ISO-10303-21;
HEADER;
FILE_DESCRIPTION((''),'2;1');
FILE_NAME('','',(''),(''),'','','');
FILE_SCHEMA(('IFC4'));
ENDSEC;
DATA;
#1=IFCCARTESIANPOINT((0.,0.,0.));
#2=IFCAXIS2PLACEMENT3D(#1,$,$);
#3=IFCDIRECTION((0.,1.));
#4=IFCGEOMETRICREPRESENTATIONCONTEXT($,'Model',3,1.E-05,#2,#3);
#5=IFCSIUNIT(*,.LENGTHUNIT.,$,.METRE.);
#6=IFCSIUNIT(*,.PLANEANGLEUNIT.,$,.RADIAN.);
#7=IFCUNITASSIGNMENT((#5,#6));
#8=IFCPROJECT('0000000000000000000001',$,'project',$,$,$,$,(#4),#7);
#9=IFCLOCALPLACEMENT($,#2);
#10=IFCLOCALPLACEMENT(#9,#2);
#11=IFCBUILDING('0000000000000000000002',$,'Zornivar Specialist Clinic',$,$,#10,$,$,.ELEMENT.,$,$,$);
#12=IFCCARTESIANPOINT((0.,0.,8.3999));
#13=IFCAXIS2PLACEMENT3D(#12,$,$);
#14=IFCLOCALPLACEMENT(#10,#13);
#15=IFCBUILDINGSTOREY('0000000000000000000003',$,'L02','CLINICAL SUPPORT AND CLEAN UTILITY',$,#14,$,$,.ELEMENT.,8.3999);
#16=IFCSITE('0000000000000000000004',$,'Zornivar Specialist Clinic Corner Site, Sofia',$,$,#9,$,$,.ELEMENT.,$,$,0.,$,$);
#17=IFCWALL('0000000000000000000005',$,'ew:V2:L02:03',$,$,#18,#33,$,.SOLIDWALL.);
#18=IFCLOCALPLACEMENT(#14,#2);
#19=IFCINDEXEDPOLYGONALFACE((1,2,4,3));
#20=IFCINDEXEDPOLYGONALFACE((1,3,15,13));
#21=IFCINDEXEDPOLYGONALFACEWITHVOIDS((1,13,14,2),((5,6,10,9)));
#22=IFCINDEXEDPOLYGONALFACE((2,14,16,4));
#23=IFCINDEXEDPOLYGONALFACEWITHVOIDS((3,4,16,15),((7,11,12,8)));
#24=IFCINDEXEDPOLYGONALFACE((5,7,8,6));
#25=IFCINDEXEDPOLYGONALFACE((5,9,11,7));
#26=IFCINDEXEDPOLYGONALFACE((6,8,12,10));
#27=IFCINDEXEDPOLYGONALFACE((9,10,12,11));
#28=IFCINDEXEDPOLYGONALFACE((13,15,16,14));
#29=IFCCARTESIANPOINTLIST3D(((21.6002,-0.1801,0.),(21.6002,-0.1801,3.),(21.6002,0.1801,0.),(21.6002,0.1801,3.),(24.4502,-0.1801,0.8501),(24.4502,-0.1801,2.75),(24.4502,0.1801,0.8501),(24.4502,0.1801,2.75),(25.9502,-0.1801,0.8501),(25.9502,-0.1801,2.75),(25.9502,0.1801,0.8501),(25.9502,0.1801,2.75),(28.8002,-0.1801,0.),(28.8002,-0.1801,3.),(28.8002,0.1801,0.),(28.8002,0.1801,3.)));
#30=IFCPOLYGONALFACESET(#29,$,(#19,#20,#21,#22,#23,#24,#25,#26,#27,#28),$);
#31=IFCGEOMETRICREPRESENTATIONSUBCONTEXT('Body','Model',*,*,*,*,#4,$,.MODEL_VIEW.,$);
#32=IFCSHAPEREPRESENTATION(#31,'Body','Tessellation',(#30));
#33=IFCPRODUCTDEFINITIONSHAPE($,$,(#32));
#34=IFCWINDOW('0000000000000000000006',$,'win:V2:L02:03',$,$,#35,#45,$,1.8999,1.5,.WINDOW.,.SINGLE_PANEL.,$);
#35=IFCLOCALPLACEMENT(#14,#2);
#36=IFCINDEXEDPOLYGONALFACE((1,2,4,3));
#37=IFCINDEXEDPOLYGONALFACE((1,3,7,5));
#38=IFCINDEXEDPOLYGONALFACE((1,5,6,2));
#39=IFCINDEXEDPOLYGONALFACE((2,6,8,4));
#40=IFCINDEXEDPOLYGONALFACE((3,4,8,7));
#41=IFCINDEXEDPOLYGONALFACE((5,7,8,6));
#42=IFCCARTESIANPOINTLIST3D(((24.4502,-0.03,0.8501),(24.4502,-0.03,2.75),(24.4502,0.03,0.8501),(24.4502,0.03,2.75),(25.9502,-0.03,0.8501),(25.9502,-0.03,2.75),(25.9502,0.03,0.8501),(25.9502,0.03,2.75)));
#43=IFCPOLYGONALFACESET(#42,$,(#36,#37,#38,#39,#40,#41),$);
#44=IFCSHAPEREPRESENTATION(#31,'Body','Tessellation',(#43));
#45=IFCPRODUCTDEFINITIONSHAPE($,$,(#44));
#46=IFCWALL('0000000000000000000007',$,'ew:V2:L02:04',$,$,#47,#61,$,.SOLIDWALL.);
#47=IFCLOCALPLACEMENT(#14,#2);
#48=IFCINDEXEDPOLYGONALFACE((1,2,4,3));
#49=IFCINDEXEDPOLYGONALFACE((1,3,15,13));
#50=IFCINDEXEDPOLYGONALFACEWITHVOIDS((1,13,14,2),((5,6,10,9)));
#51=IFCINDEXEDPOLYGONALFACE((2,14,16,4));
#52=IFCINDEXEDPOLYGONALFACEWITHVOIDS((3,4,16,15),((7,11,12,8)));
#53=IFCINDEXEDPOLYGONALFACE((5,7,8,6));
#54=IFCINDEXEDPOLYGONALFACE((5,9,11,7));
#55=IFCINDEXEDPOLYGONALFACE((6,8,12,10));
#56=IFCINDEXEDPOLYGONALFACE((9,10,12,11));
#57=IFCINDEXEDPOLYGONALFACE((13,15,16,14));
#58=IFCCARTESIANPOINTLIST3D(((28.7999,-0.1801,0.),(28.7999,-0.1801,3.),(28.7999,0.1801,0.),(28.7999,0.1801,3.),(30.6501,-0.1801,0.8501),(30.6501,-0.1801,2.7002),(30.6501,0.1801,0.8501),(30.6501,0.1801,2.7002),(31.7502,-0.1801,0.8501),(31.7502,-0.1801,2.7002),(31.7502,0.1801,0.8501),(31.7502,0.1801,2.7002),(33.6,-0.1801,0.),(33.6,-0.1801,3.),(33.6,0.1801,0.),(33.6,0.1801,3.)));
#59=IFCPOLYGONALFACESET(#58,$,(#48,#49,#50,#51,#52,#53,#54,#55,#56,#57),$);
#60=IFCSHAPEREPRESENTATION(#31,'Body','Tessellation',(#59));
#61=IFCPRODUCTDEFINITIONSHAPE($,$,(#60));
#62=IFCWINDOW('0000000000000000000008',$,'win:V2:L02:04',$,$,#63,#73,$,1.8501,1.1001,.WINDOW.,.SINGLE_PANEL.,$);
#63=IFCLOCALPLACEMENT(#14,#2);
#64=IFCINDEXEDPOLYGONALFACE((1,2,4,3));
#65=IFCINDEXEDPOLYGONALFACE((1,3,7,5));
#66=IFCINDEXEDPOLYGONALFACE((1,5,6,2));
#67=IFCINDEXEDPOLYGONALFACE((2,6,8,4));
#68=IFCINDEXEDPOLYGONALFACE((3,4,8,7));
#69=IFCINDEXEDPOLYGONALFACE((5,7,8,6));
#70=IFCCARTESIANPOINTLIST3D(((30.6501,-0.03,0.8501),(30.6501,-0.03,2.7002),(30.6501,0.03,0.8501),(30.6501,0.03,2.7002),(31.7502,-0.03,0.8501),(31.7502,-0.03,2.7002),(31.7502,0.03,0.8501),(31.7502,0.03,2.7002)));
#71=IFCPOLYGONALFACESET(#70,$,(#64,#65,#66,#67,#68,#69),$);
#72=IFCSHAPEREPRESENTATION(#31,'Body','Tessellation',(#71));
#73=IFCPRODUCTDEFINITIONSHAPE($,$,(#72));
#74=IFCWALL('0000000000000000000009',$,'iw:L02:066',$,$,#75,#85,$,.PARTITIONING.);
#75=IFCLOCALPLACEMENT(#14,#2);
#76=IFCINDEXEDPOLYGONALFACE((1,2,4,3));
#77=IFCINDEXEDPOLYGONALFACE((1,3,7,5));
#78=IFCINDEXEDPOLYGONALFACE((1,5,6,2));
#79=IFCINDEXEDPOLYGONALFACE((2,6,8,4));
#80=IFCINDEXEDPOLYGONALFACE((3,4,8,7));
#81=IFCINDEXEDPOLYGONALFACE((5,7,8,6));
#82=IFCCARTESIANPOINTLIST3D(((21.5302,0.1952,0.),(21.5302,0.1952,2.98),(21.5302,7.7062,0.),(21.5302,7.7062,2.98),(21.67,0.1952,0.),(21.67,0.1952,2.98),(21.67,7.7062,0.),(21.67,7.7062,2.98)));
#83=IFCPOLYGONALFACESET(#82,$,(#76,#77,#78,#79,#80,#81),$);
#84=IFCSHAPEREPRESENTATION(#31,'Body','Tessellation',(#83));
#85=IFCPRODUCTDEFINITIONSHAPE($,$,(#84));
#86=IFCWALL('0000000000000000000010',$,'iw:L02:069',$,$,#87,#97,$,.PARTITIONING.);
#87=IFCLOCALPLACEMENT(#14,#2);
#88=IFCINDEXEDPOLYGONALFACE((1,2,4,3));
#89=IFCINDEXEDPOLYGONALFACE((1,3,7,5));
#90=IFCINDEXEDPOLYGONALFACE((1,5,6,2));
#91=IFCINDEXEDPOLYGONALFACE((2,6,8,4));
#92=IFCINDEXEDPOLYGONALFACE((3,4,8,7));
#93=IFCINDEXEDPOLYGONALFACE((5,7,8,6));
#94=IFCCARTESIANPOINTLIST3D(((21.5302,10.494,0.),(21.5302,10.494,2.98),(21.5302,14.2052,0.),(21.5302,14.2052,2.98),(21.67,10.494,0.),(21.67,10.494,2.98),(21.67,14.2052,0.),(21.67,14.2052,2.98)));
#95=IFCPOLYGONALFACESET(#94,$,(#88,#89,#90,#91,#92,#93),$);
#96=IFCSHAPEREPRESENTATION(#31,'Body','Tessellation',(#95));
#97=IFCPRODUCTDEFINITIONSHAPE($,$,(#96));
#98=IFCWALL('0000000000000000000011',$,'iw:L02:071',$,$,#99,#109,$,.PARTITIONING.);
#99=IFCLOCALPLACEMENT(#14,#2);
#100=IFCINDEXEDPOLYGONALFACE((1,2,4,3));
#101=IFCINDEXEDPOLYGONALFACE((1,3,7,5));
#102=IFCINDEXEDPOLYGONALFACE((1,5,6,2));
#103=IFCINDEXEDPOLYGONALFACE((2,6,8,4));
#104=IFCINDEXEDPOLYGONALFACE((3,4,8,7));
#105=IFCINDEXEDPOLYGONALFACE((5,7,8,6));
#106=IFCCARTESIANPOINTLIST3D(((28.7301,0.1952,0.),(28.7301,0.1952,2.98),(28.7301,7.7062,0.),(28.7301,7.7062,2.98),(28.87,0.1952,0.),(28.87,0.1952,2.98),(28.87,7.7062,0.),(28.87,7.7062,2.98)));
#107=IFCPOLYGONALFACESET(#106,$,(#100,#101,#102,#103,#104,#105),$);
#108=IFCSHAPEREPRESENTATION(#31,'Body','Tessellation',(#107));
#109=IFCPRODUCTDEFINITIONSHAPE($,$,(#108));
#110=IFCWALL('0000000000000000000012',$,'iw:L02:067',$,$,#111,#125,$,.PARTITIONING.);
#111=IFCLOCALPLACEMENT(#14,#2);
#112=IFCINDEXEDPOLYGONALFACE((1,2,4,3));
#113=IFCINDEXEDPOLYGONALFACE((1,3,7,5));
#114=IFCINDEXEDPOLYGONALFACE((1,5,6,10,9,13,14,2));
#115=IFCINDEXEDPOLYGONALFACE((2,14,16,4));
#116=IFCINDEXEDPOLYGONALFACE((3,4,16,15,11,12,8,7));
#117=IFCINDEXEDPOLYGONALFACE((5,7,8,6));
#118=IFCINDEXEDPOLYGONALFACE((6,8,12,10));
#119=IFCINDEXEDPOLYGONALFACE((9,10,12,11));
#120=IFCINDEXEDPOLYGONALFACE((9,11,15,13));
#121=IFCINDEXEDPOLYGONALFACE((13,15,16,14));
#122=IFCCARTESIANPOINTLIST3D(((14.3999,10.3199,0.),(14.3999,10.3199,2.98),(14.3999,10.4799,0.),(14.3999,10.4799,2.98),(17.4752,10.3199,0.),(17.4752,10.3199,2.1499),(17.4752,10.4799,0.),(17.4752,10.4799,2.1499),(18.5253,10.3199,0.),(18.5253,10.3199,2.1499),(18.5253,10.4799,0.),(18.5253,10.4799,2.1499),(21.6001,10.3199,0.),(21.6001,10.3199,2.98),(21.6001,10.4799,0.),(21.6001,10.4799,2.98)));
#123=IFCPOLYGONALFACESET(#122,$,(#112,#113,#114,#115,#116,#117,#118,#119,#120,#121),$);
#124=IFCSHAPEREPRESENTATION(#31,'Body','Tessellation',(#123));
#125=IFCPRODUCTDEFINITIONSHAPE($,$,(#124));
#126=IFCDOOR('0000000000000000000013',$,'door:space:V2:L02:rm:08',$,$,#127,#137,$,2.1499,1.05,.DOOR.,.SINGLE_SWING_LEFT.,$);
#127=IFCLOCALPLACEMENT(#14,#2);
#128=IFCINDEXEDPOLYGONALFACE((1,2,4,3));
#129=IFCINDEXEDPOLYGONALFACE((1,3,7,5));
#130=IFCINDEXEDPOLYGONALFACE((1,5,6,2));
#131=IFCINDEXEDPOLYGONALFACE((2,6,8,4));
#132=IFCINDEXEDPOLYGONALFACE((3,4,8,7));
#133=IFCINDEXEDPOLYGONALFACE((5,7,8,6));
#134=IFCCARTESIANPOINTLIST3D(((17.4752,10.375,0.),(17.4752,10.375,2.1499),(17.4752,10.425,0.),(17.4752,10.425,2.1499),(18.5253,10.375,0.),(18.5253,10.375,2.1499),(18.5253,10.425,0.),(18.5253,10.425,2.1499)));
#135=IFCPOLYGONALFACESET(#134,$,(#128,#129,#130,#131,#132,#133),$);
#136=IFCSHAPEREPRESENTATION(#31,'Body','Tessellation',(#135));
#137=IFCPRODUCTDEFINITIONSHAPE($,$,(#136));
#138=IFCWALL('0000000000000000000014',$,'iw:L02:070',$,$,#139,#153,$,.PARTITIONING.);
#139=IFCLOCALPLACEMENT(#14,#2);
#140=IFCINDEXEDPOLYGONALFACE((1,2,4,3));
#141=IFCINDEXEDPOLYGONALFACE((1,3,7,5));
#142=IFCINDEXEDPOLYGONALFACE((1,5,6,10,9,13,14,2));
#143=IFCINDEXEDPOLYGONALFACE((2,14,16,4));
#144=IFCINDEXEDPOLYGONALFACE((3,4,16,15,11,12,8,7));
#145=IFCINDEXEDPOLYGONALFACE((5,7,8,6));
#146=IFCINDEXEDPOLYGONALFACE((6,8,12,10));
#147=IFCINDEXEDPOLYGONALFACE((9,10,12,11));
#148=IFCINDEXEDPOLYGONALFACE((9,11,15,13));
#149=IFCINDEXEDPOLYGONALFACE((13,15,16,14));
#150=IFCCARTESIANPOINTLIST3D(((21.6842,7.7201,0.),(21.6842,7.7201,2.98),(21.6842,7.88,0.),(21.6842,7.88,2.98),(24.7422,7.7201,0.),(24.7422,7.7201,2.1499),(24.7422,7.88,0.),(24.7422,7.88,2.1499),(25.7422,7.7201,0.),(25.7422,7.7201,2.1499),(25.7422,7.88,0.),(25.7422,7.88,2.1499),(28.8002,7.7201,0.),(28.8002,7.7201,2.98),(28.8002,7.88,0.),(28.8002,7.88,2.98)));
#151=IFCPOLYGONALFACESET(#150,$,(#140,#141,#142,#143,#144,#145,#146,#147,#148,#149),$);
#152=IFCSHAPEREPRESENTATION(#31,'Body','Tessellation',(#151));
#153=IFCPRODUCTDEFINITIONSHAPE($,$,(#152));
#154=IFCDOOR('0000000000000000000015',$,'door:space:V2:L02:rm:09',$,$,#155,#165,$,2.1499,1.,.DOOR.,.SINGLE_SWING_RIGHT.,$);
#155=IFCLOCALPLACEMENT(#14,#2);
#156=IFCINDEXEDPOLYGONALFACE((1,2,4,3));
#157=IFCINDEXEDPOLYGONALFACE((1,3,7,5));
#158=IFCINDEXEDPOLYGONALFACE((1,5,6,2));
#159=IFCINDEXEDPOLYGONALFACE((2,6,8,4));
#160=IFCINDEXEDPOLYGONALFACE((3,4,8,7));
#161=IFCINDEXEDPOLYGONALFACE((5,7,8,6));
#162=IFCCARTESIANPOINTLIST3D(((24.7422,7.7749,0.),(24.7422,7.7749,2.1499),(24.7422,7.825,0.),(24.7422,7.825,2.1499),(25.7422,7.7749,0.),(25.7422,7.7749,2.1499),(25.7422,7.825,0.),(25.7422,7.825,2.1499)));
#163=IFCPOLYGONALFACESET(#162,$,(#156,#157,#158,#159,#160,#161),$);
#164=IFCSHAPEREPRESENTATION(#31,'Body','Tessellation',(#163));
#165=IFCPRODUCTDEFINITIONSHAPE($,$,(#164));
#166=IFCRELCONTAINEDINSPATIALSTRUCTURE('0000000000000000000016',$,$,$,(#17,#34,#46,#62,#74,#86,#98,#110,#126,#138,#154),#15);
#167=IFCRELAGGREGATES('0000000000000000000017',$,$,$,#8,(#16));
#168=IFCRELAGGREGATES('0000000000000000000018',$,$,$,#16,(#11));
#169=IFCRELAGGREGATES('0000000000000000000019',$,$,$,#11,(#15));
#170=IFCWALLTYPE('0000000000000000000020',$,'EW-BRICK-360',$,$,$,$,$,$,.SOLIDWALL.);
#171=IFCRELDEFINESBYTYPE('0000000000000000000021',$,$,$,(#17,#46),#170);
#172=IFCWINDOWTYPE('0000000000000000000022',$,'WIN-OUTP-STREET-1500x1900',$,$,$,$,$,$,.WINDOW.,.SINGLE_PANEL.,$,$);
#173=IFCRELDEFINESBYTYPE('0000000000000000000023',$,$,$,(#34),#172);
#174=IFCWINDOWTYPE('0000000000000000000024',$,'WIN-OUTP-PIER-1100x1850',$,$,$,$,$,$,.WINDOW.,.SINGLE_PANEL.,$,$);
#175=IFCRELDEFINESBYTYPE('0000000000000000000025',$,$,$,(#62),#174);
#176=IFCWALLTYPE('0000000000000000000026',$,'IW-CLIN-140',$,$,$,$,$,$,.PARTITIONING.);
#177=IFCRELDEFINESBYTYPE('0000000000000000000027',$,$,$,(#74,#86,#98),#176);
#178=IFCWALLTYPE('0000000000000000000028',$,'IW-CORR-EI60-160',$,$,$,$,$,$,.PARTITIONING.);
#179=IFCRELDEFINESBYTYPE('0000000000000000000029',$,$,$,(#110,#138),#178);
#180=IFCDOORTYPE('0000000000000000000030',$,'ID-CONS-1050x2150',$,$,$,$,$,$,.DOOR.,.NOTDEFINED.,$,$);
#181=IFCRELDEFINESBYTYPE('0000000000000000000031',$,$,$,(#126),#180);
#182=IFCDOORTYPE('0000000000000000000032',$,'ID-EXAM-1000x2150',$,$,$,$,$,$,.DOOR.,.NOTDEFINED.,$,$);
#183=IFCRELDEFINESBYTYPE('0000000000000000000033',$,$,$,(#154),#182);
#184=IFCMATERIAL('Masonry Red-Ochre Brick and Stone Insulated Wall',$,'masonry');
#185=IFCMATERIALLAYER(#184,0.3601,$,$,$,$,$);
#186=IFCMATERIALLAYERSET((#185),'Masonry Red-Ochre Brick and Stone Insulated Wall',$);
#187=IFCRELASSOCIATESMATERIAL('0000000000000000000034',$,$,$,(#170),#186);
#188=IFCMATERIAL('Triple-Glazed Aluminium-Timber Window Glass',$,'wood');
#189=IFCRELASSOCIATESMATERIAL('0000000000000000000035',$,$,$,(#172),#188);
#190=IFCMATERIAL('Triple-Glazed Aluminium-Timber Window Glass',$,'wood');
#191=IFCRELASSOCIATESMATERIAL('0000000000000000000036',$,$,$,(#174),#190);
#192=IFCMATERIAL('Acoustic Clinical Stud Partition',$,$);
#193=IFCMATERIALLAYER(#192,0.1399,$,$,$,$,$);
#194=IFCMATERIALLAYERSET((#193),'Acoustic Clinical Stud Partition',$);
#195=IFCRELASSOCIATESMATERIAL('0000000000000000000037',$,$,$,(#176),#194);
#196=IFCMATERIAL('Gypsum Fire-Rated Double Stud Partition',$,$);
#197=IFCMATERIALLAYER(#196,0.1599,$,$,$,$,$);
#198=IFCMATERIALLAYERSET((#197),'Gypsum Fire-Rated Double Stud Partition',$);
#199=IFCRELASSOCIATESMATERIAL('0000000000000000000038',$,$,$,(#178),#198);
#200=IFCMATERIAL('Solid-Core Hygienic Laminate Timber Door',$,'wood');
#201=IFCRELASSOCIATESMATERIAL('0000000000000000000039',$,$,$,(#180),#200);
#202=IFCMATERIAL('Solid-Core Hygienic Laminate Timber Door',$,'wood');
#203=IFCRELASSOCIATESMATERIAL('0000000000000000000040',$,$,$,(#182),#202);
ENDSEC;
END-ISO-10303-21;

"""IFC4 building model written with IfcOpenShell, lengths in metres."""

from ifc_helpers import new_model, si_unit, direction, frame, frame_2d, origin, place, context, subcontext, project, spatial, rectangle, extrude, material, layer, layer_set, type_object, element, fill, save


model = new_model("IFC4")

# Units and contexts
model_context = context("Model", 3, precision=1e-05, world=origin(), true_north=direction((0.0, 1.0)))
body_context = subcontext(model_context, "Body", "Model", "MODEL_VIEW")
ifc_project = project(units=[si_unit("LENGTHUNIT", "METRE"), si_unit("PLANEANGLEUNIT", "RADIAN")], contexts=[model_context])

# Site, building, storey
site_placement = place(None, origin())
site = spatial("IfcSite", under=ifc_project, at=site_placement, Name="Zornivar Specialist Clinic Corner Site, Sofia", CompositionType="ELEMENT", RefElevation=0.0)
building_placement = place(site_placement, origin())
building = spatial("IfcBuilding", under=site, at=building_placement, Name="Zornivar Specialist Clinic", CompositionType="ELEMENT")
storey_placement = place(building_placement, frame((0.0, 0.0, 8.3999)))
storey = spatial("IfcBuildingStorey", under=building, at=storey_placement, Name="L02", Description="CLINICAL SUPPORT AND CLEAN UTILITY", CompositionType="ELEMENT", Elevation=8.3999)

# Walls, openings, windows
ifc_material_1 = material(Name="Masonry Red-Ochre Brick and Stone Insulated Wall", Category="masonry")
ifc_layer_1 = layer(ifc_material_1, 0.3601)
ifc_layer_set_1 = layer_set([ifc_layer_1], Name="Masonry Red-Ochre Brick and Stone Insulated Wall")
wall_type_1 = type_object("IfcWallType", Name="EW-BRICK-360", PredefinedType="SOLIDWALL", material=ifc_layer_set_1)
wall_1_placement = place(storey_placement, frame((21.6001, 0.0, 0.0), z_axis=(0.0, 0.0, 1.0), x_axis=(1.0, 0.0, 0.0)))
wall_1 = element("IfcWall", 1, at=wall_1_placement, inside=storey, type_object=wall_type_1, Name="ew:V2:L02:03", PredefinedType="SOLIDWALL", context=body_context, shape_type="SweptSolid", body=[
    extrude(rectangle(XDim=7.2, YDim=0.3601, at=frame_2d((3.6001, 0.0))), origin(), (0.0, 0.0, 1.0), 3.0),
])
opening_1_placement = place(wall_1_placement, frame((2.8501, 0.0, 0.8501)))
opening_1 = element("IfcOpeningElement", 2, at=opening_1_placement, cuts=wall_1, PredefinedType="OPENING", context=body_context, shape_type="SweptSolid", body=[
    extrude(rectangle(XDim=1.5, YDim=1.8999, at=frame_2d((0.75, 0.95))), frame((0.0, 0.1899, 0.0), z_axis=(0.0, -1.0, 0.0), x_axis=(1.0, 0.0, 0.0)), (0.0, 0.0, 1.0), 0.3801),
])
ifc_material_2 = material(Name="Triple-Glazed Aluminium-Timber Window Glass", Category="wood")
window_type_1 = type_object("IfcWindowType", Name="WIN-OUTP-STREET-1500x1900", PartitioningType="SINGLE_PANEL", PredefinedType="WINDOW", material=ifc_material_2)
window_1_placement = place(opening_1_placement, origin())
window_1 = element("IfcWindow", 3, at=window_1_placement, inside=storey, type_object=window_type_1, Name="win:V2:L02:03", OverallHeight=1.8999, OverallWidth=1.5, PartitioningType="SINGLE_PANEL", PredefinedType="WINDOW", context=body_context, shape_type="SweptSolid", body=[
    extrude(rectangle(XDim=1.5, YDim=1.8999, at=frame_2d((0.75, 0.95))), frame((0.0, 0.03, 0.0), z_axis=(0.0, -1.0, 0.0), x_axis=(1.0, 0.0, 0.0)), (0.0, 0.0, 1.0), 0.0601),
])
fill(opening_1, window_1)
wall_2_placement = place(storey_placement, frame((28.8, 0.0, 0.0), z_axis=(0.0, 0.0, 1.0), x_axis=(1.0, 0.0, 0.0)))
wall_2 = element("IfcWall", 4, at=wall_2_placement, inside=storey, type_object=wall_type_1, Name="ew:V2:L02:04", PredefinedType="SOLIDWALL", context=body_context, shape_type="SweptSolid", body=[
    extrude(rectangle(XDim=4.8, YDim=0.3601, at=frame_2d((2.3999, 0.0))), origin(), (0.0, 0.0, 1.0), 3.0),
])
opening_2_placement = place(wall_2_placement, frame((1.8501, 0.0, 0.8501)))
opening_2 = element("IfcOpeningElement", 5, at=opening_2_placement, cuts=wall_2, PredefinedType="OPENING", context=body_context, shape_type="SweptSolid", body=[
    extrude(rectangle(XDim=1.1001, YDim=1.8501, at=frame_2d((0.55, 0.925))), frame((0.0, 0.1899, 0.0), z_axis=(0.0, -1.0, 0.0), x_axis=(1.0, 0.0, 0.0)), (0.0, 0.0, 1.0), 0.3801),
])
ifc_material_3 = material(Name="Triple-Glazed Aluminium-Timber Window Glass", Category="wood")
window_type_2 = type_object("IfcWindowType", Name="WIN-OUTP-PIER-1100x1850", PartitioningType="SINGLE_PANEL", PredefinedType="WINDOW", material=ifc_material_3)
window_2_placement = place(opening_2_placement, origin())
window_2 = element("IfcWindow", 6, at=window_2_placement, inside=storey, type_object=window_type_2, Name="win:V2:L02:04", OverallHeight=1.8501, OverallWidth=1.1001, PartitioningType="SINGLE_PANEL", PredefinedType="WINDOW", context=body_context, shape_type="SweptSolid", body=[
    extrude(rectangle(XDim=1.1001, YDim=1.8501, at=frame_2d((0.55, 0.925))), frame((0.0, 0.03, 0.0), z_axis=(0.0, -1.0, 0.0), x_axis=(1.0, 0.0, 0.0)), (0.0, 0.0, 1.0), 0.0601),
])
fill(opening_2, window_2)

# Walls
ifc_material_4 = material(Name="Acoustic Clinical Stud Partition")
ifc_layer_2 = layer(ifc_material_4, 0.1399)
ifc_layer_set_2 = layer_set([ifc_layer_2], Name="Acoustic Clinical Stud Partition")
wall_type_2 = type_object("IfcWallType", Name="IW-CLIN-140", PredefinedType="PARTITIONING", material=ifc_layer_set_2)
wall_3_placement = place(storey_placement, frame((21.6001, 7.7061, 0.0), z_axis=(0.0, 0.0, 1.0), x_axis=(0.0, -1.0, 0.0)))
element("IfcWall", 7, at=wall_3_placement, inside=storey, type_object=wall_type_2, Name="iw:L02:066", PredefinedType="PARTITIONING", context=body_context, shape_type="SweptSolid", body=[
    extrude(rectangle(XDim=7.511, YDim=0.1399, at=frame_2d((3.7554, 0.0))), origin(), (0.0, 0.0, 1.0), 2.98),
])
wall_4_placement = place(storey_placement, frame((21.6001, 14.2051, 0.0), z_axis=(0.0, 0.0, 1.0), x_axis=(0.0, -1.0, 0.0)))
element("IfcWall", 8, at=wall_4_placement, inside=storey, type_object=wall_type_2, Name="iw:L02:069", PredefinedType="PARTITIONING", context=body_context, shape_type="SweptSolid", body=[
    extrude(rectangle(XDim=3.7112, YDim=0.1399, at=frame_2d((1.8555, 0.0))), origin(), (0.0, 0.0, 1.0), 2.98),
])
wall_5_placement = place(storey_placement, frame((28.8, 7.7061, 0.0), z_axis=(0.0, 0.0, 1.0), x_axis=(0.0, -1.0, 0.0)))
element("IfcWall", 9, at=wall_5_placement, inside=storey, type_object=wall_type_2, Name="iw:L02:071", PredefinedType="PARTITIONING", context=body_context, shape_type="SweptSolid", body=[
    extrude(rectangle(XDim=7.511, YDim=0.1399, at=frame_2d((3.7554, 0.0))), origin(), (0.0, 0.0, 1.0), 2.98),
])

# Walls, openings, doors
ifc_material_5 = material(Name="Gypsum Fire-Rated Double Stud Partition")
ifc_layer_3 = layer(ifc_material_5, 0.1599)
ifc_layer_set_3 = layer_set([ifc_layer_3], Name="Gypsum Fire-Rated Double Stud Partition")
wall_type_3 = type_object("IfcWallType", Name="IW-CORR-EI60-160", PredefinedType="PARTITIONING", material=ifc_layer_set_3)
wall_6_placement = place(storey_placement, frame((21.6001, 10.3999, 0.0), z_axis=(0.0, 0.0, 1.0), x_axis=(-1.0, 0.0, 0.0)))
wall_6 = element("IfcWall", 10, at=wall_6_placement, inside=storey, type_object=wall_type_3, Name="iw:L02:067", PredefinedType="PARTITIONING", context=body_context, shape_type="SweptSolid", body=[
    extrude(rectangle(XDim=7.2002, YDim=0.1599, at=frame_2d((3.6001, 0.0))), origin(), (0.0, 0.0, 1.0), 2.98),
])
opening_3_placement = place(wall_6_placement, frame((3.075, 0.0, 0.0)))
opening_3 = element("IfcOpeningElement", 11, at=opening_3_placement, cuts=wall_6, PredefinedType="OPENING", context=body_context, shape_type="SweptSolid", body=[
    extrude(rectangle(XDim=1.05, YDim=2.1499, at=frame_2d((0.5249, 1.075))), frame((0.0, 0.0898, 0.0), z_axis=(0.0, -1.0, 0.0), x_axis=(1.0, 0.0, 0.0)), (0.0, 0.0, 1.0), 0.1799),
])
ifc_material_6 = material(Name="Solid-Core Hygienic Laminate Timber Door", Category="wood")
door_type_1 = type_object("IfcDoorType", Name="ID-CONS-1050x2150", OperationType="NOTDEFINED", PredefinedType="DOOR", material=ifc_material_6)
door_1_placement = place(opening_3_placement, origin())
door_1 = element("IfcDoor", 12, at=door_1_placement, inside=storey, type_object=door_type_1, Name="door:space:V2:L02:rm:08", OperationType="SINGLE_SWING_LEFT", OverallHeight=2.1499, OverallWidth=1.05, PredefinedType="DOOR", context=body_context, shape_type="SweptSolid", body=[
    extrude(rectangle(XDim=1.05, YDim=2.1499, at=frame_2d((0.5249, 1.075))), frame((0.0, 0.0249, 0.0), z_axis=(0.0, -1.0, 0.0), x_axis=(1.0, 0.0, 0.0)), (0.0, 0.0, 1.0), 0.05),
])
fill(opening_3, door_1)
wall_7_placement = place(storey_placement, frame((21.6841, 7.8, 0.0), z_axis=(0.0, 0.0, 1.0), x_axis=(1.0, 0.0, 0.0)))
wall_7 = element("IfcWall", 13, at=wall_7_placement, inside=storey, type_object=wall_type_3, Name="iw:L02:070", PredefinedType="PARTITIONING", context=body_context, shape_type="SweptSolid", body=[
    extrude(rectangle(XDim=7.116, YDim=0.1599, at=frame_2d((3.5581, 0.0))), origin(), (0.0, 0.0, 1.0), 2.98),
])
opening_4_placement = place(wall_7_placement, frame((3.0581, 0.0, 0.0)))
opening_4 = element("IfcOpeningElement", 14, at=opening_4_placement, cuts=wall_7, PredefinedType="OPENING", context=body_context, shape_type="SweptSolid", body=[
    extrude(rectangle(XDim=1.0, YDim=2.1499, at=frame_2d((0.5, 1.075))), frame((0.0, 0.0898, 0.0), z_axis=(0.0, -1.0, 0.0), x_axis=(1.0, 0.0, 0.0)), (0.0, 0.0, 1.0), 0.1799),
])
ifc_material_7 = material(Name="Solid-Core Hygienic Laminate Timber Door", Category="wood")
door_type_2 = type_object("IfcDoorType", Name="ID-EXAM-1000x2150", OperationType="NOTDEFINED", PredefinedType="DOOR", material=ifc_material_7)
door_2_placement = place(opening_4_placement, origin())
door_2 = element("IfcDoor", 15, at=door_2_placement, inside=storey, type_object=door_type_2, Name="door:space:V2:L02:rm:09", OperationType="SINGLE_SWING_RIGHT", OverallHeight=2.1499, OverallWidth=1.0, PredefinedType="DOOR", context=body_context, shape_type="SweptSolid", body=[
    extrude(rectangle(XDim=1.0, YDim=2.1499, at=frame_2d((0.5, 1.075))), frame((0.0, 0.0249, 0.0), z_axis=(0.0, -1.0, 0.0), x_axis=(1.0, 0.0, 0.0)), (0.0, 0.0, 1.0), 0.05),
])
fill(opening_4, door_2)

save(model, "model.ifc")
